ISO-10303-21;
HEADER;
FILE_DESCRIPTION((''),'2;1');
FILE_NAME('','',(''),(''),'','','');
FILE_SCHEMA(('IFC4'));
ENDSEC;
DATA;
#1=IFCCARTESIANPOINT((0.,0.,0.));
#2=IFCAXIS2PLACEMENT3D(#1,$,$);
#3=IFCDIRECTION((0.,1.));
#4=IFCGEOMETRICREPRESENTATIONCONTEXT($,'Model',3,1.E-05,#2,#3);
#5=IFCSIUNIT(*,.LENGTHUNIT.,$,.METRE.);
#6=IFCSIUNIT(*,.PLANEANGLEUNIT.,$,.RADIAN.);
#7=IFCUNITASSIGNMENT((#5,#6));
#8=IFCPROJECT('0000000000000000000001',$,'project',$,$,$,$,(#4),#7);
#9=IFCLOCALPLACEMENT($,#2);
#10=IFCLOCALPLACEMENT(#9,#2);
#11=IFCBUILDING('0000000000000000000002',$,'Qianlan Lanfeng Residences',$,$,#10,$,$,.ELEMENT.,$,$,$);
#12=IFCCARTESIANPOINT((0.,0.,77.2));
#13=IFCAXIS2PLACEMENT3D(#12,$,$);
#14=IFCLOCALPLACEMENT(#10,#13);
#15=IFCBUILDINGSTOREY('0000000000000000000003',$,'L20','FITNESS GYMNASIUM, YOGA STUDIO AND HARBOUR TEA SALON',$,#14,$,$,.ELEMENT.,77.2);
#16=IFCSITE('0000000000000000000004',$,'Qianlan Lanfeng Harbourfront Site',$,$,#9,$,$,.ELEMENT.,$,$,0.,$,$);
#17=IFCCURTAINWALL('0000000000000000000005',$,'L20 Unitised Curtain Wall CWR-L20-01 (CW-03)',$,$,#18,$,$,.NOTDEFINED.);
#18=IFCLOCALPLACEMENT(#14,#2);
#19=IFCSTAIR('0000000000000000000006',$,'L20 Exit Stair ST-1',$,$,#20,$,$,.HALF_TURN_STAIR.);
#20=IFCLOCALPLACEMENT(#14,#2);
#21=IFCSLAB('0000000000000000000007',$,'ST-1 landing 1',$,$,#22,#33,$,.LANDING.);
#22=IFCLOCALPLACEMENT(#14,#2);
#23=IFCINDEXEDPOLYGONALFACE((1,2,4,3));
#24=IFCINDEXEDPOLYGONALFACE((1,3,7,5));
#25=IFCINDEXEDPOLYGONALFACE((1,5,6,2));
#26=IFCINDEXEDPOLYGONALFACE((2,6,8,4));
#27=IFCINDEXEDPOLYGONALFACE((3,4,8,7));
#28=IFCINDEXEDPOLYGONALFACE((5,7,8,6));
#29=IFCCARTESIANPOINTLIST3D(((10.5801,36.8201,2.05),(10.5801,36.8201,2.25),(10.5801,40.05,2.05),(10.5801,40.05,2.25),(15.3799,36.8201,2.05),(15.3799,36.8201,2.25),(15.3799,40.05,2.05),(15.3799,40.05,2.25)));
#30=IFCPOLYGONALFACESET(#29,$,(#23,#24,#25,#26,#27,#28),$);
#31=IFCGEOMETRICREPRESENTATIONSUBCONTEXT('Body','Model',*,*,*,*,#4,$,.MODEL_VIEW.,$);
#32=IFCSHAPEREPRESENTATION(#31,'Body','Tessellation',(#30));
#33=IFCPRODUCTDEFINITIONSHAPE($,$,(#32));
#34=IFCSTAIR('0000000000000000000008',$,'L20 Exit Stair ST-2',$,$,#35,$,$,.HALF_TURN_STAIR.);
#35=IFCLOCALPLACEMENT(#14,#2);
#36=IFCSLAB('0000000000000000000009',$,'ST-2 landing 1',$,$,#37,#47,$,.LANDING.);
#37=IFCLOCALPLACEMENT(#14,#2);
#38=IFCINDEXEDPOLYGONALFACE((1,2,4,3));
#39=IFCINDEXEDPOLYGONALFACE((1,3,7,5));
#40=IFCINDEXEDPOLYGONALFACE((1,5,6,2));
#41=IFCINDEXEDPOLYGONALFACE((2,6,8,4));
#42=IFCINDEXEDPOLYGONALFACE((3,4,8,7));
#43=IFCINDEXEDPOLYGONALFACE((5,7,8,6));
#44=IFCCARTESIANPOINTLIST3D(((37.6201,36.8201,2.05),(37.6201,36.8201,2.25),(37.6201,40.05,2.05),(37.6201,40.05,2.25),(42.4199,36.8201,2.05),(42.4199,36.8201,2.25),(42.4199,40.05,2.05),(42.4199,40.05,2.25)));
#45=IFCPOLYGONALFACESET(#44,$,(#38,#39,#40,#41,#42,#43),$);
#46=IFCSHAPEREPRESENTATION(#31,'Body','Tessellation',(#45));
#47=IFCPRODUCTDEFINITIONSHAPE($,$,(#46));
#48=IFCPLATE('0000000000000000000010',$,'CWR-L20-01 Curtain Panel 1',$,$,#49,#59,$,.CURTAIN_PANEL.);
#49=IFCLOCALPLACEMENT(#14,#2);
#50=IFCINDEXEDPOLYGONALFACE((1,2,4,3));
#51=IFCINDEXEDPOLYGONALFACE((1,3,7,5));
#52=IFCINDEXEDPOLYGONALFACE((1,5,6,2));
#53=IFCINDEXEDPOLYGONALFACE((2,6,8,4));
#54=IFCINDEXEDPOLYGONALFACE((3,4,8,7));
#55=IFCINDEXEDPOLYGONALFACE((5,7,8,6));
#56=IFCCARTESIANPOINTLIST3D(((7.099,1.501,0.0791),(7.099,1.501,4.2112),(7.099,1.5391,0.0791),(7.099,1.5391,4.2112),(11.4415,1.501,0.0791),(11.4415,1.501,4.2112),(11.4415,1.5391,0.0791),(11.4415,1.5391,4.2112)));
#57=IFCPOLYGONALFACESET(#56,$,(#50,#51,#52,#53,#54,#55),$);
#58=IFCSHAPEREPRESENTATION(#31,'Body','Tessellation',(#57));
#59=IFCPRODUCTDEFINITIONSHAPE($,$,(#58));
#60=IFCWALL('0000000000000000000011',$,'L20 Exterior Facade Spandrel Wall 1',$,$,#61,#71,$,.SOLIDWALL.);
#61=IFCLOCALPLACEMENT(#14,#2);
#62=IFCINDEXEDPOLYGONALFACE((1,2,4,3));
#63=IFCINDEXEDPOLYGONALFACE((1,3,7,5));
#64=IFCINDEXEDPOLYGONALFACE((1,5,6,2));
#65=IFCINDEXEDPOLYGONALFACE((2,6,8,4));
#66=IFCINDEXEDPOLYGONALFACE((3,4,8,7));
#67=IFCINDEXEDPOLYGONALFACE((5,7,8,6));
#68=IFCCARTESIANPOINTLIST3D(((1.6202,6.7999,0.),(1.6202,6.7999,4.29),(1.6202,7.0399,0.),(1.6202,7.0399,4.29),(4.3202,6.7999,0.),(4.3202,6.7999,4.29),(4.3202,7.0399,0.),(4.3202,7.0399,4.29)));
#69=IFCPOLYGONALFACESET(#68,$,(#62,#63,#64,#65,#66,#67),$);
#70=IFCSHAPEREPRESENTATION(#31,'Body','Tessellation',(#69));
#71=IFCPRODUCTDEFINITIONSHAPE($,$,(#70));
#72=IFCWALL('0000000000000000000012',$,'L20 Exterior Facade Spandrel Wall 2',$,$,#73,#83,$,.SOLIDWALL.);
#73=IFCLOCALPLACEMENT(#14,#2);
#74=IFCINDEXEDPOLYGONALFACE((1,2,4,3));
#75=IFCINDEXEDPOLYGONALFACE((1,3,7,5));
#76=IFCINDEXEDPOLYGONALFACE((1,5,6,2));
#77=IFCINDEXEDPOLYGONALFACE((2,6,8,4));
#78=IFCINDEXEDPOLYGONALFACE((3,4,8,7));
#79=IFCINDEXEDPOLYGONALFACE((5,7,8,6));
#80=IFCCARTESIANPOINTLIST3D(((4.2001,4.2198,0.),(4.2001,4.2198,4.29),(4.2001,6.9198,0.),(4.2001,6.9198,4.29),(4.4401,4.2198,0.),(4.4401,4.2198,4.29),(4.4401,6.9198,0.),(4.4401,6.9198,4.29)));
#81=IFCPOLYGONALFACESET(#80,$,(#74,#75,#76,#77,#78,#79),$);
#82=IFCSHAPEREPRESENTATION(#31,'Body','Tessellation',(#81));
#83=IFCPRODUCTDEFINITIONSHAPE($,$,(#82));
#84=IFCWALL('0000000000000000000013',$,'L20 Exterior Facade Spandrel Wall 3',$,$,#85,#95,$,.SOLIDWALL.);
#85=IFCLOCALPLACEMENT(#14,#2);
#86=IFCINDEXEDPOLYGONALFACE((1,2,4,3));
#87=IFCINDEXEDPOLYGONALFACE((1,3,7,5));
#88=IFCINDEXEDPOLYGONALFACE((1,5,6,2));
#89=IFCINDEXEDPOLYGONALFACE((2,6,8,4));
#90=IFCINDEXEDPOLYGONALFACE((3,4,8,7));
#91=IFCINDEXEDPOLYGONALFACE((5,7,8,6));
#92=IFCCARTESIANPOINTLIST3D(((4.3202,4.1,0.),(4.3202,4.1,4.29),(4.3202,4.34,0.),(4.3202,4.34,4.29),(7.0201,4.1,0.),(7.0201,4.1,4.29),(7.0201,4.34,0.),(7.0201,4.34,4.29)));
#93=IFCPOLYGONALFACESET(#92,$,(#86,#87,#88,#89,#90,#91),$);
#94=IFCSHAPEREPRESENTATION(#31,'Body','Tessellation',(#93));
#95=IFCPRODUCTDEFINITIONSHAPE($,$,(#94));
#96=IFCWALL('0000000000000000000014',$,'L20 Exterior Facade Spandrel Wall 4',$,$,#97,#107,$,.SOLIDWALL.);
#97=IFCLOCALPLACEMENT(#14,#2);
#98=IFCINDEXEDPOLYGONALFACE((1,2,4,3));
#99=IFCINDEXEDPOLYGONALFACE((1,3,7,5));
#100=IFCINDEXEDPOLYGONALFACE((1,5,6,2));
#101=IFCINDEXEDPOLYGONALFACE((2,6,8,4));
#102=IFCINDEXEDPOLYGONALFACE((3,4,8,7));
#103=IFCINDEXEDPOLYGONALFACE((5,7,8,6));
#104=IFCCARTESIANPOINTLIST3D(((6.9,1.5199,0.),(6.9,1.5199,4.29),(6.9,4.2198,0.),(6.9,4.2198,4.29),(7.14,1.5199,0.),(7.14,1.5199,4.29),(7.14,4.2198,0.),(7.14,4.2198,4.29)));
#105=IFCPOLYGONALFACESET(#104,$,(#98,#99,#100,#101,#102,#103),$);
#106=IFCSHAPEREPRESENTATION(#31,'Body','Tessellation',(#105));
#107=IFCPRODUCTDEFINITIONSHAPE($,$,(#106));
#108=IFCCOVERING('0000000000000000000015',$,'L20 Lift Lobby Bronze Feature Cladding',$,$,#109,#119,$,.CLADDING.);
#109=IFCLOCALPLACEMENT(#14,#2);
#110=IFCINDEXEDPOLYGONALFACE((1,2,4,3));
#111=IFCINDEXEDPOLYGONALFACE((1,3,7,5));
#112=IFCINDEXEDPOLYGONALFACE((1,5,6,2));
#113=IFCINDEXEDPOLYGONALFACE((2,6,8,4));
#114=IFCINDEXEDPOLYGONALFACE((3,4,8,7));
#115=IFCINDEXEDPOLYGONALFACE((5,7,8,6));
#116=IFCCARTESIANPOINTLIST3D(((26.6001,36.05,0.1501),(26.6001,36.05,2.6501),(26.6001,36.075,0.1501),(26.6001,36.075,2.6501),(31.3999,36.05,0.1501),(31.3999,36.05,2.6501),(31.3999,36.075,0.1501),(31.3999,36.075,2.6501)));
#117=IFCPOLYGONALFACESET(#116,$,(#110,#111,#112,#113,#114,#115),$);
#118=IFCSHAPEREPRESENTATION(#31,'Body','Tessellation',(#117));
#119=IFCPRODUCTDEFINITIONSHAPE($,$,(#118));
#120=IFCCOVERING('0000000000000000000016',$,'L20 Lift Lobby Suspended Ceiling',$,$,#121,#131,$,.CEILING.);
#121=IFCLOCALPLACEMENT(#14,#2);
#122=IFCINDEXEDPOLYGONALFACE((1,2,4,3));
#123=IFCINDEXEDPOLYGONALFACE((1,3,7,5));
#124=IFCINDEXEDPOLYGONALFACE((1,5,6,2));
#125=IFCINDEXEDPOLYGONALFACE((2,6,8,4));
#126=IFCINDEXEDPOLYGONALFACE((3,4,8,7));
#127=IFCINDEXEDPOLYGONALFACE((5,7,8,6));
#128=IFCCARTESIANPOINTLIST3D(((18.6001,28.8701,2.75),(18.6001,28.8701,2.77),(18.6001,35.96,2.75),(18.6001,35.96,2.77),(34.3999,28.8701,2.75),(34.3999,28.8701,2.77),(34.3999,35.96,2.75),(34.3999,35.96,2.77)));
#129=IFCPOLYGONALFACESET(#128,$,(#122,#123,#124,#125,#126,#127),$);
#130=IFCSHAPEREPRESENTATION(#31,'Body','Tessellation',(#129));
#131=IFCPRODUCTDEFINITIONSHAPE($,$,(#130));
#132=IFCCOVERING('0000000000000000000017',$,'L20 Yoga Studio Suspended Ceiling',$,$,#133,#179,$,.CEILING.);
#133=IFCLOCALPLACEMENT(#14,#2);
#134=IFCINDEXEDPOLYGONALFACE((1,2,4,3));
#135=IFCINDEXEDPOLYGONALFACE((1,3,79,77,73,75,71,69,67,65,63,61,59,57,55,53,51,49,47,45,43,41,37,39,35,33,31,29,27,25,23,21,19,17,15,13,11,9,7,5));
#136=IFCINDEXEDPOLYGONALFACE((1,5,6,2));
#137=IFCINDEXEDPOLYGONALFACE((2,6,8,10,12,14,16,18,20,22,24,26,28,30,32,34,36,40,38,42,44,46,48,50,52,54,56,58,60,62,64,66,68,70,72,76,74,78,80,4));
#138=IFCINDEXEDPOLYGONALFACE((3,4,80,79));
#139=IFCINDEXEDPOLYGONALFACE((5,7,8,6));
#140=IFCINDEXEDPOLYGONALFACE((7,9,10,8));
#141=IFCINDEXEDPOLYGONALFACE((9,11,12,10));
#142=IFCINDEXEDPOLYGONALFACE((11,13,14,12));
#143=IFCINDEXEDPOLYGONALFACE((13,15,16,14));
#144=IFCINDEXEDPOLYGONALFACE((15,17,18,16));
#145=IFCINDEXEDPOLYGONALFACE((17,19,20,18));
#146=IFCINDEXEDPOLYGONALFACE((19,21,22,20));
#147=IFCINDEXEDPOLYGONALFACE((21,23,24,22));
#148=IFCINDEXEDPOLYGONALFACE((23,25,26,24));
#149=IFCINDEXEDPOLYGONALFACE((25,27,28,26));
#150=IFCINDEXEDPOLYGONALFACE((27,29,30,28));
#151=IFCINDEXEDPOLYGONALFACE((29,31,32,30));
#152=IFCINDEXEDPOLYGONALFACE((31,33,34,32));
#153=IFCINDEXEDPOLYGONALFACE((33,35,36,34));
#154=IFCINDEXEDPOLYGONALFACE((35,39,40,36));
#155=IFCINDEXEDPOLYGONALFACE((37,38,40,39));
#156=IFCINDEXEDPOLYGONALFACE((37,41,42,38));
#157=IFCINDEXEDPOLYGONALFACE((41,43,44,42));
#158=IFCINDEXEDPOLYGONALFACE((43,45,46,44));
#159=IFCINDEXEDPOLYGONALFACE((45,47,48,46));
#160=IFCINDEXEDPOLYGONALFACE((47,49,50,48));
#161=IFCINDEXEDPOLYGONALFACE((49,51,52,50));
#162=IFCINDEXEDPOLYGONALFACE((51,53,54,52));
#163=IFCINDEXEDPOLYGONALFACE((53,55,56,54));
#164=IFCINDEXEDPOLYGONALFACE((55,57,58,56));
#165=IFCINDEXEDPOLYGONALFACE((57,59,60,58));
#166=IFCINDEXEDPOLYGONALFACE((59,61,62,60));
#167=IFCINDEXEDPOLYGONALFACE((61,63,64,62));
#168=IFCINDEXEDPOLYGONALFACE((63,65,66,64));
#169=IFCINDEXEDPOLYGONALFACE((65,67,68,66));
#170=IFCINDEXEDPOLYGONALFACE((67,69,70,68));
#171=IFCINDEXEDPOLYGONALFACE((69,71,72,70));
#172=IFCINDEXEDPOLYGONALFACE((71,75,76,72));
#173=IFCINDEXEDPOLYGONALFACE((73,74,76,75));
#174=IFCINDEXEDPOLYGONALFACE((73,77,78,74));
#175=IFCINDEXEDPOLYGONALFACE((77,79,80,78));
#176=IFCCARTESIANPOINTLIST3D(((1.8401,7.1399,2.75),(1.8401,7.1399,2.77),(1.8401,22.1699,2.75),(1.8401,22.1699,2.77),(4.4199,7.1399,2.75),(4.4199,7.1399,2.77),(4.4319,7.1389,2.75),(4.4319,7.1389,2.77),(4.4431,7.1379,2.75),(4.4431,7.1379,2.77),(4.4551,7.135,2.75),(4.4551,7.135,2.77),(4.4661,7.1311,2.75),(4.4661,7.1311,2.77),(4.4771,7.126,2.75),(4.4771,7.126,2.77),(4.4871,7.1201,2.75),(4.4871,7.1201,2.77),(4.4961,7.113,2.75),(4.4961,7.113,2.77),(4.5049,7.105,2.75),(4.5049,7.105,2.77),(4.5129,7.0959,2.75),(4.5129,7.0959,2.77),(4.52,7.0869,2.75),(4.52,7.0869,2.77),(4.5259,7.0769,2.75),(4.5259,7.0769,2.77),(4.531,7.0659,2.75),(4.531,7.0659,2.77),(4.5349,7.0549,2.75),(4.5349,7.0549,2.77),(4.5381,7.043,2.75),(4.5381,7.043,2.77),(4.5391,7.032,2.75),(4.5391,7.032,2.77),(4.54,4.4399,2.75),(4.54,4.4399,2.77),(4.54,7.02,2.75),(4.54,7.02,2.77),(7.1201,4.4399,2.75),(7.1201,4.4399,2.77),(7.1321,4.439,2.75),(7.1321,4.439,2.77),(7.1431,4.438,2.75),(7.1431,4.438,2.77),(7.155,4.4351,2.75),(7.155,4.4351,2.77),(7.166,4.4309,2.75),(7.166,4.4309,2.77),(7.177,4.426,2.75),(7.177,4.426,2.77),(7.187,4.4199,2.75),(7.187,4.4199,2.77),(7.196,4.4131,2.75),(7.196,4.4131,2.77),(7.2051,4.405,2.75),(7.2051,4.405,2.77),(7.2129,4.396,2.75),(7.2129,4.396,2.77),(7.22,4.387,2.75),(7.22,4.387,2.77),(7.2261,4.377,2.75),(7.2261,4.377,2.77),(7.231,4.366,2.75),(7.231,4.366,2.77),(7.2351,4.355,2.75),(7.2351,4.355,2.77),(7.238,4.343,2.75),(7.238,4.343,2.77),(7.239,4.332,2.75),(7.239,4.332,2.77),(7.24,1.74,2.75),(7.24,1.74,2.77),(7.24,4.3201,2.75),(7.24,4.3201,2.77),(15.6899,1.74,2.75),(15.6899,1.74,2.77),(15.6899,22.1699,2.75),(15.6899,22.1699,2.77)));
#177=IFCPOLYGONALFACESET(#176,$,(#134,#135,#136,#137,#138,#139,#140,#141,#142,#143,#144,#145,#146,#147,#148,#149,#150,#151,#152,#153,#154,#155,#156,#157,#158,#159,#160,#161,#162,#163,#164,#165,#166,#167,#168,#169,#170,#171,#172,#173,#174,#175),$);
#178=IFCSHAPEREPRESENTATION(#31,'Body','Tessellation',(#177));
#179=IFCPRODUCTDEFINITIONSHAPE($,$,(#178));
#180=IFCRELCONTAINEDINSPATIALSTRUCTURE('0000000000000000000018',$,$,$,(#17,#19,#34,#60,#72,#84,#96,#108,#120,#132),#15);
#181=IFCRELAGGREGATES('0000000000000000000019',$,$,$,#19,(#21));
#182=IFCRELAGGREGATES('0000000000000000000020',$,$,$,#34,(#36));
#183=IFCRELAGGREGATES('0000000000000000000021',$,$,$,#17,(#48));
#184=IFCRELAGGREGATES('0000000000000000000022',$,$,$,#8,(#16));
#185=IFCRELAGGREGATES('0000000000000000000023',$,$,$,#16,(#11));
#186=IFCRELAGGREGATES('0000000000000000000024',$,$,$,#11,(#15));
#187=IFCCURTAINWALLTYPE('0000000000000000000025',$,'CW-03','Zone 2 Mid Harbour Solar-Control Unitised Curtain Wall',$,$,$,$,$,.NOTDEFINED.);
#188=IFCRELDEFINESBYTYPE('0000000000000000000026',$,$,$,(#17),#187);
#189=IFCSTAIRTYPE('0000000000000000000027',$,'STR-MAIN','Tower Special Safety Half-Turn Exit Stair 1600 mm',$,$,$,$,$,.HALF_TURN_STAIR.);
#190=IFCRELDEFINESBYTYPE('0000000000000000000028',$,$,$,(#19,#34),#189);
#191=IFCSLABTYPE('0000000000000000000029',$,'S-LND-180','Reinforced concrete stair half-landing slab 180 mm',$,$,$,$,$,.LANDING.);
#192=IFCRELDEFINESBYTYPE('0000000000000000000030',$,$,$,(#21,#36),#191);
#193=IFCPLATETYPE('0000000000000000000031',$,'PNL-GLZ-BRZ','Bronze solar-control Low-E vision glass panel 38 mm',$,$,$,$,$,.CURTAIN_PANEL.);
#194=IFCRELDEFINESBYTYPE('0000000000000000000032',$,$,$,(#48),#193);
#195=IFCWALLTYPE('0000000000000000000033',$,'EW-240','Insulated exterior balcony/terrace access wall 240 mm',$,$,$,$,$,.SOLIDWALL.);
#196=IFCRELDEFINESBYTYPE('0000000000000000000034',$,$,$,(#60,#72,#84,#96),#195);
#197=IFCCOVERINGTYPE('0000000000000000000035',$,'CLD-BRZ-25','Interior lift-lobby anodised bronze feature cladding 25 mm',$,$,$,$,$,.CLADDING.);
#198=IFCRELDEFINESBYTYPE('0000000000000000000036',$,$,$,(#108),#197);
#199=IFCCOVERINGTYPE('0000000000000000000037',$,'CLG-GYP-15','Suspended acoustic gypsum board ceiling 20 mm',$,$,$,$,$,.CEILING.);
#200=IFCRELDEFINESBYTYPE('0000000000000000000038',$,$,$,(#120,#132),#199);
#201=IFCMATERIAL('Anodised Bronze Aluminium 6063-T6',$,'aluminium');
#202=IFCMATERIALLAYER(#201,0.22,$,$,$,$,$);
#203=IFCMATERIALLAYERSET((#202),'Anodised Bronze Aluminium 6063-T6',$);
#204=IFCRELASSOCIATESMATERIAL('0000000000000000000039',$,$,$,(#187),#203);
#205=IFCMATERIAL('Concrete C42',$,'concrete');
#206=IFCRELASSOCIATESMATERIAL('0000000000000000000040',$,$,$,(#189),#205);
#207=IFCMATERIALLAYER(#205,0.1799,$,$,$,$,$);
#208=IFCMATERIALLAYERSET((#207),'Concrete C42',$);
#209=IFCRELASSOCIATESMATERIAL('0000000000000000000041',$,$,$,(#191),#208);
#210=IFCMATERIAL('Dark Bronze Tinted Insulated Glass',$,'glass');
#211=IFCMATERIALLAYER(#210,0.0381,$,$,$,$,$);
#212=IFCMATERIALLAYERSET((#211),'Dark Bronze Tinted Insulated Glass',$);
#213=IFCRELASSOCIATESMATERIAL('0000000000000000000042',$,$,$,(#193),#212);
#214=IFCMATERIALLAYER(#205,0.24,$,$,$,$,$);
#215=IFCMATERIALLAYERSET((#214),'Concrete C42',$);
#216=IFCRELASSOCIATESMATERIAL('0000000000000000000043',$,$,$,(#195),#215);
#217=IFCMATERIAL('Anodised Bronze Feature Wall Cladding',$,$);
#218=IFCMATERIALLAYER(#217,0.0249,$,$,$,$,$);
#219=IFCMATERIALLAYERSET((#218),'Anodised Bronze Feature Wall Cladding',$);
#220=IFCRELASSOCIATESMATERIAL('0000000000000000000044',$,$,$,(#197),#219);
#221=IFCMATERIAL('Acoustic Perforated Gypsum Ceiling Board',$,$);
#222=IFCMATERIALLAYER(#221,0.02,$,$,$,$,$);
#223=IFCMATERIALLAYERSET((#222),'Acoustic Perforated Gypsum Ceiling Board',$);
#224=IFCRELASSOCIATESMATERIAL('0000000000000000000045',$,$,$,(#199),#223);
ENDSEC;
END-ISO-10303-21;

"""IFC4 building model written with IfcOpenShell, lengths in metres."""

from ifc_helpers import new_model, si_unit, direction, frame, frame_2d, origin, origin_2d, place, context, subcontext, project, spatial, polyline, rectangle, outline, extrude, source, transform, mapped, material, layer, layer_set, type_object, element, aggregate, save


model = new_model("IFC4")

# Units and contexts
model_context = context("Model", 3, precision=1e-05, world=origin(), true_north=direction((0.0, 1.0)))
body_context = subcontext(model_context, "Body", "Model", "MODEL_VIEW")
ifc_project = project(units=[si_unit("LENGTHUNIT", "METRE"), si_unit("PLANEANGLEUNIT", "RADIAN")], contexts=[model_context])

# Site, building, storey
site_placement = place(None, origin())
site = spatial("IfcSite", under=ifc_project, at=site_placement, Name="Qianlan Lanfeng Harbourfront Site", CompositionType="ELEMENT", RefElevation=0.0)
building_placement = place(site_placement, origin())
building = spatial("IfcBuilding", under=site, at=building_placement, Name="Qianlan Lanfeng Residences", CompositionType="ELEMENT")
storey_placement = place(building_placement, frame((0.0, 0.0, 77.2)))
storey = spatial("IfcBuildingStorey", under=building, at=storey_placement, Name="L20", Description="FITNESS GYMNASIUM, YOGA STUDIO AND HARBOUR TEA SALON", CompositionType="ELEMENT", Elevation=77.2)

# Curtain wall
ifc_material_1 = material(Name="Anodised Bronze Aluminium 6063-T6", Category="aluminium")
ifc_layer_1 = layer(ifc_material_1, 0.22)
ifc_layer_set_1 = layer_set([ifc_layer_1], Name="Anodised Bronze Aluminium 6063-T6")
curtain_wall_type = type_object("IfcCurtainWallType", Name="CW-03", Description="Zone 2 Mid Harbour Solar-Control Unitised Curtain Wall", PredefinedType="NOTDEFINED", material=ifc_layer_set_1)
curtain_wall_placement = place(storey_placement, origin())
curtain_wall = element("IfcCurtainWall", 1, at=curtain_wall_placement, inside=storey, type_object=curtain_wall_type, Name="L20 Unitised Curtain Wall CWR-L20-01 (CW-03)", PredefinedType="NOTDEFINED")

# Stairs, slabs
ifc_material_2 = material(Name="Concrete C42", Category="concrete")
stair_type = type_object("IfcStairType", Name="STR-MAIN", Description="Tower Special Safety Half-Turn Exit Stair 1600 mm", PredefinedType="HALF_TURN_STAIR", material=ifc_material_2)
stair_1_placement = place(storey_placement, origin())
stair_1 = element("IfcStair", 2, at=stair_1_placement, inside=storey, type_object=stair_type, Name="L20 Exit Stair ST-1", PredefinedType="HALF_TURN_STAIR")
ifc_layer_2 = layer(ifc_material_2, 0.1799)
ifc_layer_set_2 = layer_set([ifc_layer_2], Name="Concrete C42")
slab_type_1 = type_object("IfcSlabType", Name="S-LND-180", Description="Reinforced concrete stair half-landing slab 180 mm", PredefinedType="LANDING", material=ifc_layer_set_2)
slab_1_placement = place(storey_placement, frame((0.0, 0.0, 2.05)))
slab_1 = element("IfcSlab", 3, at=slab_1_placement, type_object=slab_type_1, Name="ST-1 landing 1", PredefinedType="LANDING", context=body_context, shape_type="SweptSolid", body=[
    extrude(outline(polyline([(10.5801, 36.8201), (15.3799, 36.8201), (15.3799, 40.05), (10.5801, 40.05), (10.5801, 36.8201)])), origin(), (0.0, 0.0, 1.0), 0.2),
])
aggregate(stair_1, [slab_1])
stair_2_placement = place(storey_placement, origin())
stair_2 = element("IfcStair", 4, at=stair_2_placement, inside=storey, type_object=stair_type, Name="L20 Exit Stair ST-2", PredefinedType="HALF_TURN_STAIR")
slab_2_placement = place(storey_placement, frame((0.0, 0.0, 2.05)))
slab_2 = element("IfcSlab", 5, at=slab_2_placement, type_object=slab_type_1, Name="ST-2 landing 1", PredefinedType="LANDING", context=body_context, shape_type="SweptSolid", body=[
    extrude(outline(polyline([(37.6201, 36.8201), (42.4199, 36.8201), (42.4199, 40.05), (37.6201, 40.05), (37.6201, 36.8201)])), origin(), (0.0, 0.0, 1.0), 0.2),
])
aggregate(stair_2, [slab_2])

# Plate
ifc_material_3 = material(Name="Dark Bronze Tinted Insulated Glass", Category="glass")
ifc_layer_3 = layer(ifc_material_3, 0.0381)
ifc_layer_set_3 = layer_set([ifc_layer_3], Name="Dark Bronze Tinted Insulated Glass")
plate_type = type_object("IfcPlateType", Name="PNL-GLZ-BRZ", Description="Bronze solar-control Low-E vision glass panel 38 mm", PredefinedType="CURTAIN_PANEL", material=ifc_layer_set_3)
shared_shape_1 = source(origin(), body_context, "Body", "SweptSolid", [
    extrude(rectangle(XDim=4.3425, YDim=0.0381, at=origin_2d()), origin(), (0.0, 0.0, 1.0), 4.1321),
])
plate_placement = place(storey_placement, frame((9.2703, 1.52, 0.0791), z_axis=(0.0, 0.0, 1.0), x_axis=(1.0, 0.0, 0.0)))
plate = element("IfcPlate", 6, at=plate_placement, type_object=plate_type, Name="CWR-L20-01 Curtain Panel 1", PredefinedType="CURTAIN_PANEL", context=body_context, shape_type="MappedRepresentation", body=[
    mapped(shared_shape_1, transform((0.0, 0.0, 0.0), scale=1.0)),
])
aggregate(curtain_wall, [plate])

# Walls
ifc_layer_4 = layer(ifc_material_2, 0.24)
ifc_layer_set_4 = layer_set([ifc_layer_4], Name="Concrete C42")
wall_type = type_object("IfcWallType", Name="EW-240", Description="Insulated exterior balcony/terrace access wall 240 mm", PredefinedType="SOLIDWALL", material=ifc_layer_set_4)
for number, where, z_axis, x_axis, name in (
    (7, (1.6201, 6.9199, 0.0), (0.0, 0.0, 1.0), (1.0, 0.0, 0.0), "L20 Exterior Facade Spandrel Wall 1"),
    (8, (4.3201, 6.9199, 0.0), (0.0, 0.0, 1.0), (0.0, -1.0, 0.0), "L20 Exterior Facade Spandrel Wall 2"),
    (9, (4.3201, 4.22, 0.0), (0.0, 0.0, 1.0), (1.0, 0.0, 0.0), "L20 Exterior Facade Spandrel Wall 3"),
    (10, (7.02, 4.22, 0.0), (0.0, 0.0, 1.0), (0.0, -1.0, 0.0), "L20 Exterior Facade Spandrel Wall 4"),
):
    element("IfcWall", number, at=place(storey_placement, frame(where, z_axis=z_axis, x_axis=x_axis)), inside=storey, type_object=wall_type, Name=name, PredefinedType="SOLIDWALL", context=body_context, shape_type="SweptSolid", body=[
        extrude(rectangle(XDim=2.7, YDim=0.24, at=frame_2d((1.3501, 0.0))), origin(), (0.0, 0.0, 1.0), 4.29),
    ])

# Coverings
ifc_material_4 = material(Name="Anodised Bronze Feature Wall Cladding")
ifc_layer_5 = layer(ifc_material_4, 0.0249)
ifc_layer_set_5 = layer_set([ifc_layer_5], Name="Anodised Bronze Feature Wall Cladding")
covering_type_1 = type_object("IfcCoveringType", Name="CLD-BRZ-25", Description="Interior lift-lobby anodised bronze feature cladding 25 mm", PredefinedType="CLADDING", material=ifc_layer_set_5)
covering_1_placement = place(storey_placement, frame((0.0, 0.0, 0.1501)))
element("IfcCovering", 11, at=covering_1_placement, inside=storey, type_object=covering_type_1, Name="L20 Lift Lobby Bronze Feature Cladding", PredefinedType="CLADDING", context=body_context, shape_type="SweptSolid", body=[
    extrude(outline(polyline([(26.6001, 36.05), (31.3999, 36.05), (31.3999, 36.075), (26.6001, 36.075), (26.6001, 36.05)])), origin(), (0.0, 0.0, 1.0), 2.5),
])
ifc_material_5 = material(Name="Acoustic Perforated Gypsum Ceiling Board")
ifc_layer_6 = layer(ifc_material_5, 0.02)
ifc_layer_set_6 = layer_set([ifc_layer_6], Name="Acoustic Perforated Gypsum Ceiling Board")
covering_type_2 = type_object("IfcCoveringType", Name="CLG-GYP-15", Description="Suspended acoustic gypsum board ceiling 20 mm", PredefinedType="CEILING", material=ifc_layer_set_6)
covering_2_placement = place(storey_placement, frame((0.0, 0.0, 2.75)))
element("IfcCovering", 12, at=covering_2_placement, inside=storey, type_object=covering_type_2, Name="L20 Lift Lobby Suspended Ceiling", PredefinedType="CEILING", context=body_context, shape_type="SweptSolid", body=[
    extrude(outline(polyline([(18.6001, 28.8701), (34.3999, 28.8701), (34.3999, 35.96), (18.6001, 35.96), (18.6001, 28.8701)])), origin(), (0.0, 0.0, 1.0), 0.02),
])
covering_3_placement = place(storey_placement, frame((0.0, 0.0, 2.75)))
element("IfcCovering", 13, at=covering_3_placement, inside=storey, type_object=covering_type_2, Name="L20 Yoga Studio Suspended Ceiling", PredefinedType="CEILING", context=body_context, shape_type="SweptSolid", body=[
    extrude(outline(polyline([(15.6899, 22.1699), (1.8401, 22.1699), (1.8401, 7.1399), (4.4199, 7.1399), (4.4319, 7.1389), (4.4431, 7.1379), (4.4551, 7.135), (4.4661, 7.1311), (4.4771, 7.126), (4.4871, 7.1201), (4.4961, 7.113), (4.5049, 7.105), (4.5129, 7.0959), (4.52, 7.0869), (4.5259, 7.0769), (4.531, 7.0659), (4.5349, 7.0549), (4.5381, 7.043), (4.5391, 7.032), (4.54, 7.02), (4.54, 4.4399), (7.1201, 4.4399), (7.1321, 4.439), (7.1431, 4.438), (7.155, 4.4351), (7.166, 4.4309), (7.177, 4.426), (7.187, 4.4199), (7.196, 4.4131), (7.2051, 4.405), (7.2129, 4.396), (7.22, 4.387), (7.2261, 4.377), (7.231, 4.366), (7.2351, 4.355), (7.238, 4.343), (7.239, 4.332), (7.24, 4.3201), (7.24, 1.74), (15.6899, 1.74), (15.6899, 22.1699)])), origin(), (0.0, 0.0, 1.0), 0.02),
])

save(model, "model.ifc")
